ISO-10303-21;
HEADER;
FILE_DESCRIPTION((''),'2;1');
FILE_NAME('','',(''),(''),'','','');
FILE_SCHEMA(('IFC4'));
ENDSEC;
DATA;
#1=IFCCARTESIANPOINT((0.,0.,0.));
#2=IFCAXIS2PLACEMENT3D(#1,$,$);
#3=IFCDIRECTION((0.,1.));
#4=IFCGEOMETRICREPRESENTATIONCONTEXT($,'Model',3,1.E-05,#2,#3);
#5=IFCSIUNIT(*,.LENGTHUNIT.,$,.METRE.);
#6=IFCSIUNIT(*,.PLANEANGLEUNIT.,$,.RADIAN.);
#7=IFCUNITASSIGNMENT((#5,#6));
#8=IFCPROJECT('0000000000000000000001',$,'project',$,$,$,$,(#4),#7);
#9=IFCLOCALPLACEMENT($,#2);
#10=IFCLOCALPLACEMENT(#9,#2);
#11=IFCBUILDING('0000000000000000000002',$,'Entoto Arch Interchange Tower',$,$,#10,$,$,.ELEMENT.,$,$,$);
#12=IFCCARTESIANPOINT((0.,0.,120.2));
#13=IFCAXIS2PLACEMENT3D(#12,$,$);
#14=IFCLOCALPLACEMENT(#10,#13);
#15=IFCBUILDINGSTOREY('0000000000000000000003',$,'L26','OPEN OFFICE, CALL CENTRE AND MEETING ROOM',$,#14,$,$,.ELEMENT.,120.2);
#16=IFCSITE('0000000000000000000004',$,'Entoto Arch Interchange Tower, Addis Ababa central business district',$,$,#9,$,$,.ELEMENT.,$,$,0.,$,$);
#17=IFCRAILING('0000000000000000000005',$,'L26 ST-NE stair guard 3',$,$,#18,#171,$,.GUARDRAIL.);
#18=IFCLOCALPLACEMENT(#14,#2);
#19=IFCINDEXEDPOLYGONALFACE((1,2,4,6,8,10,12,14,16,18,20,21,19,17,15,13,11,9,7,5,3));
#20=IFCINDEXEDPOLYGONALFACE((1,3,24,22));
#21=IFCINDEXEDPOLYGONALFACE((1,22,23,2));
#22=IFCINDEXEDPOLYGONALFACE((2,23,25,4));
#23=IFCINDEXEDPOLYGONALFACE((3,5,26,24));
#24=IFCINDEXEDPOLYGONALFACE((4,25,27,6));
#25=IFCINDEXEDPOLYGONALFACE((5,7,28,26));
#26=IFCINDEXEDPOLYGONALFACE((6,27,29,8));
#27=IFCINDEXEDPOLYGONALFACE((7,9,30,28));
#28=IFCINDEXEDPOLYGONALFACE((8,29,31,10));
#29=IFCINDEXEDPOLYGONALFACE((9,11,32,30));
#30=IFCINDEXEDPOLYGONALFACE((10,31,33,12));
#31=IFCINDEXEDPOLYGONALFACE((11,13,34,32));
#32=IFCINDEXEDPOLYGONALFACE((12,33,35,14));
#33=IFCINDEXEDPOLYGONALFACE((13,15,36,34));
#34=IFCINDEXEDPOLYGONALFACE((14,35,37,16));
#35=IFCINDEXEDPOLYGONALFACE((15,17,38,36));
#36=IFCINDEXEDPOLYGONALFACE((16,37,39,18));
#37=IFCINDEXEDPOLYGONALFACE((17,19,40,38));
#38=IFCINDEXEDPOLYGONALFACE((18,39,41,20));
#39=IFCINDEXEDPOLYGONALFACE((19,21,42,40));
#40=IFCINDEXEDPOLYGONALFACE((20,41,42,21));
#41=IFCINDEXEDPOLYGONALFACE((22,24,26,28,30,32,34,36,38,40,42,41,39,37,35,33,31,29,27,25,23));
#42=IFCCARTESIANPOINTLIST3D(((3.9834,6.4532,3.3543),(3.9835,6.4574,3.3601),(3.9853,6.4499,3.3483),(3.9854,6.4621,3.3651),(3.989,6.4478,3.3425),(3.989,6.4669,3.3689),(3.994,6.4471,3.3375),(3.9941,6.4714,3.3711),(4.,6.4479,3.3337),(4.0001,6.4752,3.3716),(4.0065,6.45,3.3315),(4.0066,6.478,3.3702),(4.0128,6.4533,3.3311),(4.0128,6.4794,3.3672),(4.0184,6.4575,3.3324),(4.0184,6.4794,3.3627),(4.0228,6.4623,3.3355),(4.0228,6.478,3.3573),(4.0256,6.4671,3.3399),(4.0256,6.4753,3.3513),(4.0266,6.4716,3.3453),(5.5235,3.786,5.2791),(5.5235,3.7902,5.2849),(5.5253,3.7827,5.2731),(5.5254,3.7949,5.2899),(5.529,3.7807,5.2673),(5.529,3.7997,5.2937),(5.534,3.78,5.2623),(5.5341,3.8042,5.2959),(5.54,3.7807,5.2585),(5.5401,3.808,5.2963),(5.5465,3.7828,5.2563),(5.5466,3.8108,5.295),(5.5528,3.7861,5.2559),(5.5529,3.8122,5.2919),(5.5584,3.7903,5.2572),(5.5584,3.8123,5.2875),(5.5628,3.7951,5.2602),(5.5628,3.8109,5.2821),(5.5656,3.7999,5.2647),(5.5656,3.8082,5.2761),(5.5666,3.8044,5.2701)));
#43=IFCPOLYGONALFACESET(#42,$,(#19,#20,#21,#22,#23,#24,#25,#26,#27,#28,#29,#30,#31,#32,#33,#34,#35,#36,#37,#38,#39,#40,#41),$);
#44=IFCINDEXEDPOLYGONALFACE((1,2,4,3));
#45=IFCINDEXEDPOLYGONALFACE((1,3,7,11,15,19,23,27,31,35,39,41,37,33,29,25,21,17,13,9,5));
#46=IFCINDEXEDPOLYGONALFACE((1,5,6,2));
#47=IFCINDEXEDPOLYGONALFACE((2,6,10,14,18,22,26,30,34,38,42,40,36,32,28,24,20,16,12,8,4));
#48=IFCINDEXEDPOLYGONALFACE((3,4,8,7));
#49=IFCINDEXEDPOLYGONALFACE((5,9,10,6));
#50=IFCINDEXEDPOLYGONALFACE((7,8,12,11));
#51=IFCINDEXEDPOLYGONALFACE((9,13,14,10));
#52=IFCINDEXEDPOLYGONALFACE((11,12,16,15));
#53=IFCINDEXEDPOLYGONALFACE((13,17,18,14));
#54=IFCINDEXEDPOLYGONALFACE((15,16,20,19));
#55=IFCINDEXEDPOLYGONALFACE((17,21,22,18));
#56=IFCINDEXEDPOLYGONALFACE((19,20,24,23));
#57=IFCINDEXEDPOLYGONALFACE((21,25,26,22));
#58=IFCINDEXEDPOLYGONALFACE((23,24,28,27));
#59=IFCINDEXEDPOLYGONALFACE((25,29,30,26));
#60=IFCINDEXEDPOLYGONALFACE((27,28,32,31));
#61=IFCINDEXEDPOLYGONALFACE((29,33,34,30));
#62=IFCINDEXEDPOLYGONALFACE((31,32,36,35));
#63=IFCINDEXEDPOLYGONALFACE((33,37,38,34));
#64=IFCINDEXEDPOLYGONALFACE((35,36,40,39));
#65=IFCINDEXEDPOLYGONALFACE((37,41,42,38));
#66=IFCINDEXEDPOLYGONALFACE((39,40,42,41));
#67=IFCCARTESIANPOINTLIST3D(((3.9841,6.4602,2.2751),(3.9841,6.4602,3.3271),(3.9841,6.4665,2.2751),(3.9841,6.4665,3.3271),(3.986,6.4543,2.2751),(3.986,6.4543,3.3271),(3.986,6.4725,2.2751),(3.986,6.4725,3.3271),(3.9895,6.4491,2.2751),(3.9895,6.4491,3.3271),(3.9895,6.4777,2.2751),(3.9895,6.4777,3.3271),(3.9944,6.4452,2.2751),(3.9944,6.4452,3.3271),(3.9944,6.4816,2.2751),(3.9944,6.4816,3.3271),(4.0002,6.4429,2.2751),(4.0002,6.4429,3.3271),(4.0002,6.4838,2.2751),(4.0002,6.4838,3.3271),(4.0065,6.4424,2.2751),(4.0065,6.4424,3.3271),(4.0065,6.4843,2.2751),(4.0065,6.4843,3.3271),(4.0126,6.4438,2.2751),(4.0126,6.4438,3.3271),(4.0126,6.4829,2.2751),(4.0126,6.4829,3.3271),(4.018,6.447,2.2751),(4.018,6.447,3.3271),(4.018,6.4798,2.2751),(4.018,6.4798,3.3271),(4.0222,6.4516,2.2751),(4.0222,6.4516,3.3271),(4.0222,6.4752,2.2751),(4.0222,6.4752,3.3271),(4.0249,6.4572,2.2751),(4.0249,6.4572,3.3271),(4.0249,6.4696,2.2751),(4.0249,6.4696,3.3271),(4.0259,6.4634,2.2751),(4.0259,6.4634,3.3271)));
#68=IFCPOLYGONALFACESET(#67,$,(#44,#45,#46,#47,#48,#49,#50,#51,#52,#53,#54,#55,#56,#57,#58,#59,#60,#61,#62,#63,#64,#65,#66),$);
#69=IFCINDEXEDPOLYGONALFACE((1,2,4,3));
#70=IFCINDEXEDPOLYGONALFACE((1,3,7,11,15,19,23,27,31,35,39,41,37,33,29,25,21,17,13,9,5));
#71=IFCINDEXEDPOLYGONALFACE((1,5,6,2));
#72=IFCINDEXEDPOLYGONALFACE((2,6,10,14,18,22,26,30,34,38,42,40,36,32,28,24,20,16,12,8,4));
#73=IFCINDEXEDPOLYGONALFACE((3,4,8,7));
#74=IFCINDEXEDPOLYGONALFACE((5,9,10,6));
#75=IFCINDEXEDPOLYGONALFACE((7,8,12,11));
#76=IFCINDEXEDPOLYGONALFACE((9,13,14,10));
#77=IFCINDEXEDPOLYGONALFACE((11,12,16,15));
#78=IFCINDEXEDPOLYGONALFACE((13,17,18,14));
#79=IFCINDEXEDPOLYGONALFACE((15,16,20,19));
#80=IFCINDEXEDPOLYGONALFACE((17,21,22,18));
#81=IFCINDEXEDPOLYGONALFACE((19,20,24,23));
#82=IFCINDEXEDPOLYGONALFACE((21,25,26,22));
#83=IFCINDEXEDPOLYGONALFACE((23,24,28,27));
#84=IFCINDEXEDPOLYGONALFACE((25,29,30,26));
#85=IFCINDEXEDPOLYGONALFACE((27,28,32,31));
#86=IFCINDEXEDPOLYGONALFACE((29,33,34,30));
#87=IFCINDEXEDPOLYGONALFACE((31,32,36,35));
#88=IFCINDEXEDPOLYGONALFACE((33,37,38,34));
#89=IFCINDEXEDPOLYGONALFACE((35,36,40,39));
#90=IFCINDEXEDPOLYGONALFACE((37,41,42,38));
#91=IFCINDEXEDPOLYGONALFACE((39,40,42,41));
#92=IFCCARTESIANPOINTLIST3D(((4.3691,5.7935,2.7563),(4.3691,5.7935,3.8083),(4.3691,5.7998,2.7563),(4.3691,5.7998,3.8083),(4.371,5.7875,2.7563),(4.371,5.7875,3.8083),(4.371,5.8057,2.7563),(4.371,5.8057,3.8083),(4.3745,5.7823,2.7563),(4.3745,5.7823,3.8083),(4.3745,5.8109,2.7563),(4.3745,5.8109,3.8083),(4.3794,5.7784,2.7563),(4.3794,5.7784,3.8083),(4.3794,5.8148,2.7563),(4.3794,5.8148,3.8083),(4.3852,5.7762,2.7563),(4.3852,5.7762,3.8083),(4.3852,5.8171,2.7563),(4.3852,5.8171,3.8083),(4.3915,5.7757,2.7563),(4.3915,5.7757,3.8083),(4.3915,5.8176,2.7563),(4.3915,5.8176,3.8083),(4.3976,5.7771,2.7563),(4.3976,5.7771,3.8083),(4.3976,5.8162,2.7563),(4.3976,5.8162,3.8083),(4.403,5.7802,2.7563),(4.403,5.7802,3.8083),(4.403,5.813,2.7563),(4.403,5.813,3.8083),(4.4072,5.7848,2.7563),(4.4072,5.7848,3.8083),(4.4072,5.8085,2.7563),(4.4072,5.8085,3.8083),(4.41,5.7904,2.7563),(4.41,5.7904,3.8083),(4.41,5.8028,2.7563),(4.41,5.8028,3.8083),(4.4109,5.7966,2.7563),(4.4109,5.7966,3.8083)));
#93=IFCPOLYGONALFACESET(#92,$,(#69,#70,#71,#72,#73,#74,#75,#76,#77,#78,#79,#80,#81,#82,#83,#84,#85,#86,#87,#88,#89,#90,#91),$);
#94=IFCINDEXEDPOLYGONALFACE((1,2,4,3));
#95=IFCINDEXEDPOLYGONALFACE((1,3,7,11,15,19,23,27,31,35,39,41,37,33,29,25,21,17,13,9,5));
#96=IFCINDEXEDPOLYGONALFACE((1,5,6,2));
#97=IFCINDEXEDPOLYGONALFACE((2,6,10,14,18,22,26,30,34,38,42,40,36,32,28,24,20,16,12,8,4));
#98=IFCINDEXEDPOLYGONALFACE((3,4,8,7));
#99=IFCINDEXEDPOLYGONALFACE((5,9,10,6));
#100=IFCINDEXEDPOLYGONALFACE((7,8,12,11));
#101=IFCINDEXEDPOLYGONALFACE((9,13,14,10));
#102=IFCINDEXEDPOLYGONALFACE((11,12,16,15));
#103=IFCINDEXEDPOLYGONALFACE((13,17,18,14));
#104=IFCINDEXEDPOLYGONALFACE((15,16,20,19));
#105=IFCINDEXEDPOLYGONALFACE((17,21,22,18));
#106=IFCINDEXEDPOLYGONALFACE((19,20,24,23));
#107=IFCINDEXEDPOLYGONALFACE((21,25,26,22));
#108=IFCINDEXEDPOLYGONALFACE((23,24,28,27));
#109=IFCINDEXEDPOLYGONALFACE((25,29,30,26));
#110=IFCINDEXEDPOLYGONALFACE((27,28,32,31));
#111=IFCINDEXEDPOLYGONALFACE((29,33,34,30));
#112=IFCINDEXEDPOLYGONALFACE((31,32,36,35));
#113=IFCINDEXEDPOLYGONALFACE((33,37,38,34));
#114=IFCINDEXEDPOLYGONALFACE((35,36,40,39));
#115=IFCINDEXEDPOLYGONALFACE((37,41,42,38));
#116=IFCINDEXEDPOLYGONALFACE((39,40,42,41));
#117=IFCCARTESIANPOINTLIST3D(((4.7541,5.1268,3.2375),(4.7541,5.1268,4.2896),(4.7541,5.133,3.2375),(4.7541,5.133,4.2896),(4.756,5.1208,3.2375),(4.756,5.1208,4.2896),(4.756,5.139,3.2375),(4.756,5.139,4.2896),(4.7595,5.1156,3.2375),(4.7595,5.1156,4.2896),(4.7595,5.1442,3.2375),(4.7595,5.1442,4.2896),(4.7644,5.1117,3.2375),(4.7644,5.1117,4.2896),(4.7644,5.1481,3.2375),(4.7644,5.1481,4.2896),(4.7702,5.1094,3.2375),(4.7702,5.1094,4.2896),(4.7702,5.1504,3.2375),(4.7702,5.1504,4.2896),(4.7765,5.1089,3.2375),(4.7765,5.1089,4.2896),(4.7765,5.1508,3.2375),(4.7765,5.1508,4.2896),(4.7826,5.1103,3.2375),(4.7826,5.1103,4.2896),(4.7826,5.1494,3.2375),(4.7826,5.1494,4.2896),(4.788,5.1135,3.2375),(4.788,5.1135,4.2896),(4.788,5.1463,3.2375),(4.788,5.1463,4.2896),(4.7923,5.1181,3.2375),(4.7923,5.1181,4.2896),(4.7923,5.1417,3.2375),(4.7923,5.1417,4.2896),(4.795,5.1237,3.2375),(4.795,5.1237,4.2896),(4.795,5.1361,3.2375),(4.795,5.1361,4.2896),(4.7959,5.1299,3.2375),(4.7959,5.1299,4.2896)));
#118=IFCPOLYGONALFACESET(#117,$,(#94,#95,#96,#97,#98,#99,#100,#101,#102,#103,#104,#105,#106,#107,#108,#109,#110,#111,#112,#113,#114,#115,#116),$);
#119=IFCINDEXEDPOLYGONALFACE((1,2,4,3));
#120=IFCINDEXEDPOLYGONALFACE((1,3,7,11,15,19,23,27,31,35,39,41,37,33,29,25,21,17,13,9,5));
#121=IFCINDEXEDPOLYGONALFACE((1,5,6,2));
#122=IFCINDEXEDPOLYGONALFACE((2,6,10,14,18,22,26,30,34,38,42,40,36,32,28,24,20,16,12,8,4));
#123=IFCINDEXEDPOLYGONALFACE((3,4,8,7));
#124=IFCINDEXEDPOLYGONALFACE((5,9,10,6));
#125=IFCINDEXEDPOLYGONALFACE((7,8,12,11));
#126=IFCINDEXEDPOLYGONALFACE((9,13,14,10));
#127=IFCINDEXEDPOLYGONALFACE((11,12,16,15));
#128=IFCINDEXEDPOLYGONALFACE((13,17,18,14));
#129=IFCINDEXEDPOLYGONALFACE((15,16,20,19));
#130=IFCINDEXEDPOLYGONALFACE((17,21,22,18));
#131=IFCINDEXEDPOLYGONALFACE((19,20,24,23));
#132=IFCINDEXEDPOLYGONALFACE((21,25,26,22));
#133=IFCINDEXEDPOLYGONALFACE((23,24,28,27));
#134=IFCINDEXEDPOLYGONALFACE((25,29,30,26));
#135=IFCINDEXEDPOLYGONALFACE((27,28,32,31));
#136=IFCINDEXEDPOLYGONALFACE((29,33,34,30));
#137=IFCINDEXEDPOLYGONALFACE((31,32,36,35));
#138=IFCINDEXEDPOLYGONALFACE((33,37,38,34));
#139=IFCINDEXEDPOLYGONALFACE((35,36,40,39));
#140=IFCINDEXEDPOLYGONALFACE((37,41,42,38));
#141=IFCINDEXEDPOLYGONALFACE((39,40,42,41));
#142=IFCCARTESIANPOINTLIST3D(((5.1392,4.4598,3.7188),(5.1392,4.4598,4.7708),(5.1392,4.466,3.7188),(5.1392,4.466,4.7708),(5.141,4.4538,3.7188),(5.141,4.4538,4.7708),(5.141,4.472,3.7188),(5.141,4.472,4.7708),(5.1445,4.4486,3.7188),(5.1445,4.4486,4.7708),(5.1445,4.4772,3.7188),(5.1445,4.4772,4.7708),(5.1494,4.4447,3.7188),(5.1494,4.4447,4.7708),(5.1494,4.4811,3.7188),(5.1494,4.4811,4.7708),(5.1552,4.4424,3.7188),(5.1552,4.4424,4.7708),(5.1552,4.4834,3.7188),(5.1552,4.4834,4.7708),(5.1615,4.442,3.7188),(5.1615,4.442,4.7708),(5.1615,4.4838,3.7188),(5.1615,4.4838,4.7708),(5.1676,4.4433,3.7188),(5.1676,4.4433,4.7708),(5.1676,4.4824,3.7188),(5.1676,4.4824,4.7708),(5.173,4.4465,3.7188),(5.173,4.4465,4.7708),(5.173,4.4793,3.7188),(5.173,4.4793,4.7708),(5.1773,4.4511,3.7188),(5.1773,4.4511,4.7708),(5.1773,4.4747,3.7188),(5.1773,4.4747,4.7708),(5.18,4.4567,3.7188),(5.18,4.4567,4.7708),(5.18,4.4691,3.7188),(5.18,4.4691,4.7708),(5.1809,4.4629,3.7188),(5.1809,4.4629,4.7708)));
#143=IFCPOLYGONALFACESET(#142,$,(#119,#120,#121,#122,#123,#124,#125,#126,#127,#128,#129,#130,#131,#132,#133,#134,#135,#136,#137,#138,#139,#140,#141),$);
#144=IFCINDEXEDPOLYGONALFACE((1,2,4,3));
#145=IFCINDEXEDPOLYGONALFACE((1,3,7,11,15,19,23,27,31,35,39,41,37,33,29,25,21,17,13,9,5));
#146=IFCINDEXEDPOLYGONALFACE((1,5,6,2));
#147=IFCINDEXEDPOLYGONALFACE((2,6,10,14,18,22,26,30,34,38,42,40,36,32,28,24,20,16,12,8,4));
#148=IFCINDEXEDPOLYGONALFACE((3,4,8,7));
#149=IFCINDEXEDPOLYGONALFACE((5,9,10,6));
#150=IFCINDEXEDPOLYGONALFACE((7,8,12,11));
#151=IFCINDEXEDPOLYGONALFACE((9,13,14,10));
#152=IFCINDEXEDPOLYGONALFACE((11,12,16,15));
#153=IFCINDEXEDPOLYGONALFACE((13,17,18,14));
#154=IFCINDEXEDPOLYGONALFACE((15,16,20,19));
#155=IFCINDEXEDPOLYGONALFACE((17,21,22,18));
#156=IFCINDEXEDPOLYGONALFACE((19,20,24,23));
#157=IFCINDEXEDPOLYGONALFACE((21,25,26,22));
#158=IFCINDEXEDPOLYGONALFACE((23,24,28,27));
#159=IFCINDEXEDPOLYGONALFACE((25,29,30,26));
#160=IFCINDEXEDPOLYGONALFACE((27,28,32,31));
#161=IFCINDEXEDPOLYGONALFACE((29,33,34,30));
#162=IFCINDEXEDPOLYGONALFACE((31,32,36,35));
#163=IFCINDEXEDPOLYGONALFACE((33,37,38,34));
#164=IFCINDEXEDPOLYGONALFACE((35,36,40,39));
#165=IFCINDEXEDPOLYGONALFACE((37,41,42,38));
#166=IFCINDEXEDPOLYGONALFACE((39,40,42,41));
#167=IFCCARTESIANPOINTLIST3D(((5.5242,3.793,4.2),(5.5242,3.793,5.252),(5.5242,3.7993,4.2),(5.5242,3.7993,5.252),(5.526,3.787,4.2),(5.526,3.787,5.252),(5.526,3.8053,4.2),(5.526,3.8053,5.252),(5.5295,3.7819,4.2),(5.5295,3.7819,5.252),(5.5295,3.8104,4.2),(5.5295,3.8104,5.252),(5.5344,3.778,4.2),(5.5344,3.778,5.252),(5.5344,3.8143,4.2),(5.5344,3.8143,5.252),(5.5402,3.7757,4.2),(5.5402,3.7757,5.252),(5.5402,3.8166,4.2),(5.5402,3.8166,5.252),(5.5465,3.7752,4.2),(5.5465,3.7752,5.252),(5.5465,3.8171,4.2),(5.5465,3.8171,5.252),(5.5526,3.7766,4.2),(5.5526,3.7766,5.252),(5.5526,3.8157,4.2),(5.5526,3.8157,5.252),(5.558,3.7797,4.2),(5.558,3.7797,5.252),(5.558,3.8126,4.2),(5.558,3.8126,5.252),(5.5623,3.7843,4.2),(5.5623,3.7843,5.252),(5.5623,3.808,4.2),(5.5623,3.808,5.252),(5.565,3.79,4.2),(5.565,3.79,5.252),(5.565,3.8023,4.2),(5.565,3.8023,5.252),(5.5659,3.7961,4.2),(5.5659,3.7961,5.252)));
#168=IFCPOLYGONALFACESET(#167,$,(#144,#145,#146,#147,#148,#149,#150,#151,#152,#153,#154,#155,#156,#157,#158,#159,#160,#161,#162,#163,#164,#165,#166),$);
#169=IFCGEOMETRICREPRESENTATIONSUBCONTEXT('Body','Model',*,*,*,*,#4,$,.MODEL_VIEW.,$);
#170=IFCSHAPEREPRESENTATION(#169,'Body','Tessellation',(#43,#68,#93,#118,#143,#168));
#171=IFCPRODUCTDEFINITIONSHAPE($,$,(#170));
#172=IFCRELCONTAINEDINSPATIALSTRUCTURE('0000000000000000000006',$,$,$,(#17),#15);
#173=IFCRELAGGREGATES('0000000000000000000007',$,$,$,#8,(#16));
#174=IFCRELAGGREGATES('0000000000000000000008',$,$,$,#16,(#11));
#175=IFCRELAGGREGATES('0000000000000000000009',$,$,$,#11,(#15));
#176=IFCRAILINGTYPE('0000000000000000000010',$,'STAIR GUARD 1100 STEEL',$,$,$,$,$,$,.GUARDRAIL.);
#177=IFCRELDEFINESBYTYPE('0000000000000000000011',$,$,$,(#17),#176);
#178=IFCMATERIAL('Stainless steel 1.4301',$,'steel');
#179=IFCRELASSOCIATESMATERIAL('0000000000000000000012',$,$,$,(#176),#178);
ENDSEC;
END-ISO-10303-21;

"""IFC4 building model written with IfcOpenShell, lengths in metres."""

from ifc_helpers import new_model, si_unit, direction, frame, origin, origin_2d, place, context, subcontext, project, spatial, circle, extrude, material, type_object, element, save


model = new_model("IFC4")

# Units and contexts
model_context = context("Model", 3, precision=1e-05, world=origin(), true_north=direction((0.0, 1.0)))
body_context = subcontext(model_context, "Body", "Model", "MODEL_VIEW")
ifc_project = project(units=[si_unit("LENGTHUNIT", "METRE"), si_unit("PLANEANGLEUNIT", "RADIAN")], contexts=[model_context])

# Site, building, storey
site_placement = place(None, origin())
site = spatial("IfcSite", under=ifc_project, at=site_placement, Name="Entoto Arch Interchange Tower, Addis Ababa central business district", CompositionType="ELEMENT", RefElevation=0.0)
building_placement = place(site_placement, origin())
building = spatial("IfcBuilding", under=site, at=building_placement, Name="Entoto Arch Interchange Tower", CompositionType="ELEMENT")
storey_placement = place(building_placement, frame((0.0, 0.0, 120.2)))
storey = spatial("IfcBuildingStorey", under=building, at=storey_placement, Name="L26", Description="OPEN OFFICE, CALL CENTRE AND MEETING ROOM", CompositionType="ELEMENT", Elevation=120.2)

# Railing
ifc_material_1 = material(Name="Stainless steel 1.4301", Category="steel")
railing_type_1 = type_object("IfcRailingType", Name="STAIR GUARD 1100 STEEL", PredefinedType="GUARDRAIL", material=ifc_material_1)
railing_1_placement = place(storey_placement, frame((4.0049, 6.4634, 2.2751)))
element("IfcRailing", 1, at=railing_1_placement, inside=storey, type_object=railing_type_1, Name="L26 ST-NE stair guard 3", PredefinedType="GUARDRAIL", context=body_context, shape_type="SweptSolid", body=[
    extrude(circle(Radius=0.0239, at=origin_2d()), frame((0.0, 0.0, 1.0762), z_axis=(0.424031, -0.73439, 0.529971), x_axis=(0.86601, 0.500027, 0.0)), (0.0, 0.0, 1.0), 3.6318),
    extrude(circle(Radius=0.021, at=origin_2d()), origin(), (0.0, 0.0, 1.0), 1.052),
    extrude(circle(Radius=0.021, at=origin_2d()), frame((0.385, -0.6667, 0.4812)), (0.0, 0.0, 1.0), 1.052),
    extrude(circle(Radius=0.021, at=origin_2d()), frame((0.77, -1.3335, 0.9624)), (0.0, 0.0, 1.0), 1.052),
    extrude(circle(Radius=0.021, at=origin_2d()), frame((1.155, -2.0005, 1.4436)), (0.0, 0.0, 1.0), 1.052),
    extrude(circle(Radius=0.021, at=origin_2d()), frame((1.54, -2.6672, 1.9248)), (0.0, 0.0, 1.0), 1.052),
])

save(model, "model.ifc")
